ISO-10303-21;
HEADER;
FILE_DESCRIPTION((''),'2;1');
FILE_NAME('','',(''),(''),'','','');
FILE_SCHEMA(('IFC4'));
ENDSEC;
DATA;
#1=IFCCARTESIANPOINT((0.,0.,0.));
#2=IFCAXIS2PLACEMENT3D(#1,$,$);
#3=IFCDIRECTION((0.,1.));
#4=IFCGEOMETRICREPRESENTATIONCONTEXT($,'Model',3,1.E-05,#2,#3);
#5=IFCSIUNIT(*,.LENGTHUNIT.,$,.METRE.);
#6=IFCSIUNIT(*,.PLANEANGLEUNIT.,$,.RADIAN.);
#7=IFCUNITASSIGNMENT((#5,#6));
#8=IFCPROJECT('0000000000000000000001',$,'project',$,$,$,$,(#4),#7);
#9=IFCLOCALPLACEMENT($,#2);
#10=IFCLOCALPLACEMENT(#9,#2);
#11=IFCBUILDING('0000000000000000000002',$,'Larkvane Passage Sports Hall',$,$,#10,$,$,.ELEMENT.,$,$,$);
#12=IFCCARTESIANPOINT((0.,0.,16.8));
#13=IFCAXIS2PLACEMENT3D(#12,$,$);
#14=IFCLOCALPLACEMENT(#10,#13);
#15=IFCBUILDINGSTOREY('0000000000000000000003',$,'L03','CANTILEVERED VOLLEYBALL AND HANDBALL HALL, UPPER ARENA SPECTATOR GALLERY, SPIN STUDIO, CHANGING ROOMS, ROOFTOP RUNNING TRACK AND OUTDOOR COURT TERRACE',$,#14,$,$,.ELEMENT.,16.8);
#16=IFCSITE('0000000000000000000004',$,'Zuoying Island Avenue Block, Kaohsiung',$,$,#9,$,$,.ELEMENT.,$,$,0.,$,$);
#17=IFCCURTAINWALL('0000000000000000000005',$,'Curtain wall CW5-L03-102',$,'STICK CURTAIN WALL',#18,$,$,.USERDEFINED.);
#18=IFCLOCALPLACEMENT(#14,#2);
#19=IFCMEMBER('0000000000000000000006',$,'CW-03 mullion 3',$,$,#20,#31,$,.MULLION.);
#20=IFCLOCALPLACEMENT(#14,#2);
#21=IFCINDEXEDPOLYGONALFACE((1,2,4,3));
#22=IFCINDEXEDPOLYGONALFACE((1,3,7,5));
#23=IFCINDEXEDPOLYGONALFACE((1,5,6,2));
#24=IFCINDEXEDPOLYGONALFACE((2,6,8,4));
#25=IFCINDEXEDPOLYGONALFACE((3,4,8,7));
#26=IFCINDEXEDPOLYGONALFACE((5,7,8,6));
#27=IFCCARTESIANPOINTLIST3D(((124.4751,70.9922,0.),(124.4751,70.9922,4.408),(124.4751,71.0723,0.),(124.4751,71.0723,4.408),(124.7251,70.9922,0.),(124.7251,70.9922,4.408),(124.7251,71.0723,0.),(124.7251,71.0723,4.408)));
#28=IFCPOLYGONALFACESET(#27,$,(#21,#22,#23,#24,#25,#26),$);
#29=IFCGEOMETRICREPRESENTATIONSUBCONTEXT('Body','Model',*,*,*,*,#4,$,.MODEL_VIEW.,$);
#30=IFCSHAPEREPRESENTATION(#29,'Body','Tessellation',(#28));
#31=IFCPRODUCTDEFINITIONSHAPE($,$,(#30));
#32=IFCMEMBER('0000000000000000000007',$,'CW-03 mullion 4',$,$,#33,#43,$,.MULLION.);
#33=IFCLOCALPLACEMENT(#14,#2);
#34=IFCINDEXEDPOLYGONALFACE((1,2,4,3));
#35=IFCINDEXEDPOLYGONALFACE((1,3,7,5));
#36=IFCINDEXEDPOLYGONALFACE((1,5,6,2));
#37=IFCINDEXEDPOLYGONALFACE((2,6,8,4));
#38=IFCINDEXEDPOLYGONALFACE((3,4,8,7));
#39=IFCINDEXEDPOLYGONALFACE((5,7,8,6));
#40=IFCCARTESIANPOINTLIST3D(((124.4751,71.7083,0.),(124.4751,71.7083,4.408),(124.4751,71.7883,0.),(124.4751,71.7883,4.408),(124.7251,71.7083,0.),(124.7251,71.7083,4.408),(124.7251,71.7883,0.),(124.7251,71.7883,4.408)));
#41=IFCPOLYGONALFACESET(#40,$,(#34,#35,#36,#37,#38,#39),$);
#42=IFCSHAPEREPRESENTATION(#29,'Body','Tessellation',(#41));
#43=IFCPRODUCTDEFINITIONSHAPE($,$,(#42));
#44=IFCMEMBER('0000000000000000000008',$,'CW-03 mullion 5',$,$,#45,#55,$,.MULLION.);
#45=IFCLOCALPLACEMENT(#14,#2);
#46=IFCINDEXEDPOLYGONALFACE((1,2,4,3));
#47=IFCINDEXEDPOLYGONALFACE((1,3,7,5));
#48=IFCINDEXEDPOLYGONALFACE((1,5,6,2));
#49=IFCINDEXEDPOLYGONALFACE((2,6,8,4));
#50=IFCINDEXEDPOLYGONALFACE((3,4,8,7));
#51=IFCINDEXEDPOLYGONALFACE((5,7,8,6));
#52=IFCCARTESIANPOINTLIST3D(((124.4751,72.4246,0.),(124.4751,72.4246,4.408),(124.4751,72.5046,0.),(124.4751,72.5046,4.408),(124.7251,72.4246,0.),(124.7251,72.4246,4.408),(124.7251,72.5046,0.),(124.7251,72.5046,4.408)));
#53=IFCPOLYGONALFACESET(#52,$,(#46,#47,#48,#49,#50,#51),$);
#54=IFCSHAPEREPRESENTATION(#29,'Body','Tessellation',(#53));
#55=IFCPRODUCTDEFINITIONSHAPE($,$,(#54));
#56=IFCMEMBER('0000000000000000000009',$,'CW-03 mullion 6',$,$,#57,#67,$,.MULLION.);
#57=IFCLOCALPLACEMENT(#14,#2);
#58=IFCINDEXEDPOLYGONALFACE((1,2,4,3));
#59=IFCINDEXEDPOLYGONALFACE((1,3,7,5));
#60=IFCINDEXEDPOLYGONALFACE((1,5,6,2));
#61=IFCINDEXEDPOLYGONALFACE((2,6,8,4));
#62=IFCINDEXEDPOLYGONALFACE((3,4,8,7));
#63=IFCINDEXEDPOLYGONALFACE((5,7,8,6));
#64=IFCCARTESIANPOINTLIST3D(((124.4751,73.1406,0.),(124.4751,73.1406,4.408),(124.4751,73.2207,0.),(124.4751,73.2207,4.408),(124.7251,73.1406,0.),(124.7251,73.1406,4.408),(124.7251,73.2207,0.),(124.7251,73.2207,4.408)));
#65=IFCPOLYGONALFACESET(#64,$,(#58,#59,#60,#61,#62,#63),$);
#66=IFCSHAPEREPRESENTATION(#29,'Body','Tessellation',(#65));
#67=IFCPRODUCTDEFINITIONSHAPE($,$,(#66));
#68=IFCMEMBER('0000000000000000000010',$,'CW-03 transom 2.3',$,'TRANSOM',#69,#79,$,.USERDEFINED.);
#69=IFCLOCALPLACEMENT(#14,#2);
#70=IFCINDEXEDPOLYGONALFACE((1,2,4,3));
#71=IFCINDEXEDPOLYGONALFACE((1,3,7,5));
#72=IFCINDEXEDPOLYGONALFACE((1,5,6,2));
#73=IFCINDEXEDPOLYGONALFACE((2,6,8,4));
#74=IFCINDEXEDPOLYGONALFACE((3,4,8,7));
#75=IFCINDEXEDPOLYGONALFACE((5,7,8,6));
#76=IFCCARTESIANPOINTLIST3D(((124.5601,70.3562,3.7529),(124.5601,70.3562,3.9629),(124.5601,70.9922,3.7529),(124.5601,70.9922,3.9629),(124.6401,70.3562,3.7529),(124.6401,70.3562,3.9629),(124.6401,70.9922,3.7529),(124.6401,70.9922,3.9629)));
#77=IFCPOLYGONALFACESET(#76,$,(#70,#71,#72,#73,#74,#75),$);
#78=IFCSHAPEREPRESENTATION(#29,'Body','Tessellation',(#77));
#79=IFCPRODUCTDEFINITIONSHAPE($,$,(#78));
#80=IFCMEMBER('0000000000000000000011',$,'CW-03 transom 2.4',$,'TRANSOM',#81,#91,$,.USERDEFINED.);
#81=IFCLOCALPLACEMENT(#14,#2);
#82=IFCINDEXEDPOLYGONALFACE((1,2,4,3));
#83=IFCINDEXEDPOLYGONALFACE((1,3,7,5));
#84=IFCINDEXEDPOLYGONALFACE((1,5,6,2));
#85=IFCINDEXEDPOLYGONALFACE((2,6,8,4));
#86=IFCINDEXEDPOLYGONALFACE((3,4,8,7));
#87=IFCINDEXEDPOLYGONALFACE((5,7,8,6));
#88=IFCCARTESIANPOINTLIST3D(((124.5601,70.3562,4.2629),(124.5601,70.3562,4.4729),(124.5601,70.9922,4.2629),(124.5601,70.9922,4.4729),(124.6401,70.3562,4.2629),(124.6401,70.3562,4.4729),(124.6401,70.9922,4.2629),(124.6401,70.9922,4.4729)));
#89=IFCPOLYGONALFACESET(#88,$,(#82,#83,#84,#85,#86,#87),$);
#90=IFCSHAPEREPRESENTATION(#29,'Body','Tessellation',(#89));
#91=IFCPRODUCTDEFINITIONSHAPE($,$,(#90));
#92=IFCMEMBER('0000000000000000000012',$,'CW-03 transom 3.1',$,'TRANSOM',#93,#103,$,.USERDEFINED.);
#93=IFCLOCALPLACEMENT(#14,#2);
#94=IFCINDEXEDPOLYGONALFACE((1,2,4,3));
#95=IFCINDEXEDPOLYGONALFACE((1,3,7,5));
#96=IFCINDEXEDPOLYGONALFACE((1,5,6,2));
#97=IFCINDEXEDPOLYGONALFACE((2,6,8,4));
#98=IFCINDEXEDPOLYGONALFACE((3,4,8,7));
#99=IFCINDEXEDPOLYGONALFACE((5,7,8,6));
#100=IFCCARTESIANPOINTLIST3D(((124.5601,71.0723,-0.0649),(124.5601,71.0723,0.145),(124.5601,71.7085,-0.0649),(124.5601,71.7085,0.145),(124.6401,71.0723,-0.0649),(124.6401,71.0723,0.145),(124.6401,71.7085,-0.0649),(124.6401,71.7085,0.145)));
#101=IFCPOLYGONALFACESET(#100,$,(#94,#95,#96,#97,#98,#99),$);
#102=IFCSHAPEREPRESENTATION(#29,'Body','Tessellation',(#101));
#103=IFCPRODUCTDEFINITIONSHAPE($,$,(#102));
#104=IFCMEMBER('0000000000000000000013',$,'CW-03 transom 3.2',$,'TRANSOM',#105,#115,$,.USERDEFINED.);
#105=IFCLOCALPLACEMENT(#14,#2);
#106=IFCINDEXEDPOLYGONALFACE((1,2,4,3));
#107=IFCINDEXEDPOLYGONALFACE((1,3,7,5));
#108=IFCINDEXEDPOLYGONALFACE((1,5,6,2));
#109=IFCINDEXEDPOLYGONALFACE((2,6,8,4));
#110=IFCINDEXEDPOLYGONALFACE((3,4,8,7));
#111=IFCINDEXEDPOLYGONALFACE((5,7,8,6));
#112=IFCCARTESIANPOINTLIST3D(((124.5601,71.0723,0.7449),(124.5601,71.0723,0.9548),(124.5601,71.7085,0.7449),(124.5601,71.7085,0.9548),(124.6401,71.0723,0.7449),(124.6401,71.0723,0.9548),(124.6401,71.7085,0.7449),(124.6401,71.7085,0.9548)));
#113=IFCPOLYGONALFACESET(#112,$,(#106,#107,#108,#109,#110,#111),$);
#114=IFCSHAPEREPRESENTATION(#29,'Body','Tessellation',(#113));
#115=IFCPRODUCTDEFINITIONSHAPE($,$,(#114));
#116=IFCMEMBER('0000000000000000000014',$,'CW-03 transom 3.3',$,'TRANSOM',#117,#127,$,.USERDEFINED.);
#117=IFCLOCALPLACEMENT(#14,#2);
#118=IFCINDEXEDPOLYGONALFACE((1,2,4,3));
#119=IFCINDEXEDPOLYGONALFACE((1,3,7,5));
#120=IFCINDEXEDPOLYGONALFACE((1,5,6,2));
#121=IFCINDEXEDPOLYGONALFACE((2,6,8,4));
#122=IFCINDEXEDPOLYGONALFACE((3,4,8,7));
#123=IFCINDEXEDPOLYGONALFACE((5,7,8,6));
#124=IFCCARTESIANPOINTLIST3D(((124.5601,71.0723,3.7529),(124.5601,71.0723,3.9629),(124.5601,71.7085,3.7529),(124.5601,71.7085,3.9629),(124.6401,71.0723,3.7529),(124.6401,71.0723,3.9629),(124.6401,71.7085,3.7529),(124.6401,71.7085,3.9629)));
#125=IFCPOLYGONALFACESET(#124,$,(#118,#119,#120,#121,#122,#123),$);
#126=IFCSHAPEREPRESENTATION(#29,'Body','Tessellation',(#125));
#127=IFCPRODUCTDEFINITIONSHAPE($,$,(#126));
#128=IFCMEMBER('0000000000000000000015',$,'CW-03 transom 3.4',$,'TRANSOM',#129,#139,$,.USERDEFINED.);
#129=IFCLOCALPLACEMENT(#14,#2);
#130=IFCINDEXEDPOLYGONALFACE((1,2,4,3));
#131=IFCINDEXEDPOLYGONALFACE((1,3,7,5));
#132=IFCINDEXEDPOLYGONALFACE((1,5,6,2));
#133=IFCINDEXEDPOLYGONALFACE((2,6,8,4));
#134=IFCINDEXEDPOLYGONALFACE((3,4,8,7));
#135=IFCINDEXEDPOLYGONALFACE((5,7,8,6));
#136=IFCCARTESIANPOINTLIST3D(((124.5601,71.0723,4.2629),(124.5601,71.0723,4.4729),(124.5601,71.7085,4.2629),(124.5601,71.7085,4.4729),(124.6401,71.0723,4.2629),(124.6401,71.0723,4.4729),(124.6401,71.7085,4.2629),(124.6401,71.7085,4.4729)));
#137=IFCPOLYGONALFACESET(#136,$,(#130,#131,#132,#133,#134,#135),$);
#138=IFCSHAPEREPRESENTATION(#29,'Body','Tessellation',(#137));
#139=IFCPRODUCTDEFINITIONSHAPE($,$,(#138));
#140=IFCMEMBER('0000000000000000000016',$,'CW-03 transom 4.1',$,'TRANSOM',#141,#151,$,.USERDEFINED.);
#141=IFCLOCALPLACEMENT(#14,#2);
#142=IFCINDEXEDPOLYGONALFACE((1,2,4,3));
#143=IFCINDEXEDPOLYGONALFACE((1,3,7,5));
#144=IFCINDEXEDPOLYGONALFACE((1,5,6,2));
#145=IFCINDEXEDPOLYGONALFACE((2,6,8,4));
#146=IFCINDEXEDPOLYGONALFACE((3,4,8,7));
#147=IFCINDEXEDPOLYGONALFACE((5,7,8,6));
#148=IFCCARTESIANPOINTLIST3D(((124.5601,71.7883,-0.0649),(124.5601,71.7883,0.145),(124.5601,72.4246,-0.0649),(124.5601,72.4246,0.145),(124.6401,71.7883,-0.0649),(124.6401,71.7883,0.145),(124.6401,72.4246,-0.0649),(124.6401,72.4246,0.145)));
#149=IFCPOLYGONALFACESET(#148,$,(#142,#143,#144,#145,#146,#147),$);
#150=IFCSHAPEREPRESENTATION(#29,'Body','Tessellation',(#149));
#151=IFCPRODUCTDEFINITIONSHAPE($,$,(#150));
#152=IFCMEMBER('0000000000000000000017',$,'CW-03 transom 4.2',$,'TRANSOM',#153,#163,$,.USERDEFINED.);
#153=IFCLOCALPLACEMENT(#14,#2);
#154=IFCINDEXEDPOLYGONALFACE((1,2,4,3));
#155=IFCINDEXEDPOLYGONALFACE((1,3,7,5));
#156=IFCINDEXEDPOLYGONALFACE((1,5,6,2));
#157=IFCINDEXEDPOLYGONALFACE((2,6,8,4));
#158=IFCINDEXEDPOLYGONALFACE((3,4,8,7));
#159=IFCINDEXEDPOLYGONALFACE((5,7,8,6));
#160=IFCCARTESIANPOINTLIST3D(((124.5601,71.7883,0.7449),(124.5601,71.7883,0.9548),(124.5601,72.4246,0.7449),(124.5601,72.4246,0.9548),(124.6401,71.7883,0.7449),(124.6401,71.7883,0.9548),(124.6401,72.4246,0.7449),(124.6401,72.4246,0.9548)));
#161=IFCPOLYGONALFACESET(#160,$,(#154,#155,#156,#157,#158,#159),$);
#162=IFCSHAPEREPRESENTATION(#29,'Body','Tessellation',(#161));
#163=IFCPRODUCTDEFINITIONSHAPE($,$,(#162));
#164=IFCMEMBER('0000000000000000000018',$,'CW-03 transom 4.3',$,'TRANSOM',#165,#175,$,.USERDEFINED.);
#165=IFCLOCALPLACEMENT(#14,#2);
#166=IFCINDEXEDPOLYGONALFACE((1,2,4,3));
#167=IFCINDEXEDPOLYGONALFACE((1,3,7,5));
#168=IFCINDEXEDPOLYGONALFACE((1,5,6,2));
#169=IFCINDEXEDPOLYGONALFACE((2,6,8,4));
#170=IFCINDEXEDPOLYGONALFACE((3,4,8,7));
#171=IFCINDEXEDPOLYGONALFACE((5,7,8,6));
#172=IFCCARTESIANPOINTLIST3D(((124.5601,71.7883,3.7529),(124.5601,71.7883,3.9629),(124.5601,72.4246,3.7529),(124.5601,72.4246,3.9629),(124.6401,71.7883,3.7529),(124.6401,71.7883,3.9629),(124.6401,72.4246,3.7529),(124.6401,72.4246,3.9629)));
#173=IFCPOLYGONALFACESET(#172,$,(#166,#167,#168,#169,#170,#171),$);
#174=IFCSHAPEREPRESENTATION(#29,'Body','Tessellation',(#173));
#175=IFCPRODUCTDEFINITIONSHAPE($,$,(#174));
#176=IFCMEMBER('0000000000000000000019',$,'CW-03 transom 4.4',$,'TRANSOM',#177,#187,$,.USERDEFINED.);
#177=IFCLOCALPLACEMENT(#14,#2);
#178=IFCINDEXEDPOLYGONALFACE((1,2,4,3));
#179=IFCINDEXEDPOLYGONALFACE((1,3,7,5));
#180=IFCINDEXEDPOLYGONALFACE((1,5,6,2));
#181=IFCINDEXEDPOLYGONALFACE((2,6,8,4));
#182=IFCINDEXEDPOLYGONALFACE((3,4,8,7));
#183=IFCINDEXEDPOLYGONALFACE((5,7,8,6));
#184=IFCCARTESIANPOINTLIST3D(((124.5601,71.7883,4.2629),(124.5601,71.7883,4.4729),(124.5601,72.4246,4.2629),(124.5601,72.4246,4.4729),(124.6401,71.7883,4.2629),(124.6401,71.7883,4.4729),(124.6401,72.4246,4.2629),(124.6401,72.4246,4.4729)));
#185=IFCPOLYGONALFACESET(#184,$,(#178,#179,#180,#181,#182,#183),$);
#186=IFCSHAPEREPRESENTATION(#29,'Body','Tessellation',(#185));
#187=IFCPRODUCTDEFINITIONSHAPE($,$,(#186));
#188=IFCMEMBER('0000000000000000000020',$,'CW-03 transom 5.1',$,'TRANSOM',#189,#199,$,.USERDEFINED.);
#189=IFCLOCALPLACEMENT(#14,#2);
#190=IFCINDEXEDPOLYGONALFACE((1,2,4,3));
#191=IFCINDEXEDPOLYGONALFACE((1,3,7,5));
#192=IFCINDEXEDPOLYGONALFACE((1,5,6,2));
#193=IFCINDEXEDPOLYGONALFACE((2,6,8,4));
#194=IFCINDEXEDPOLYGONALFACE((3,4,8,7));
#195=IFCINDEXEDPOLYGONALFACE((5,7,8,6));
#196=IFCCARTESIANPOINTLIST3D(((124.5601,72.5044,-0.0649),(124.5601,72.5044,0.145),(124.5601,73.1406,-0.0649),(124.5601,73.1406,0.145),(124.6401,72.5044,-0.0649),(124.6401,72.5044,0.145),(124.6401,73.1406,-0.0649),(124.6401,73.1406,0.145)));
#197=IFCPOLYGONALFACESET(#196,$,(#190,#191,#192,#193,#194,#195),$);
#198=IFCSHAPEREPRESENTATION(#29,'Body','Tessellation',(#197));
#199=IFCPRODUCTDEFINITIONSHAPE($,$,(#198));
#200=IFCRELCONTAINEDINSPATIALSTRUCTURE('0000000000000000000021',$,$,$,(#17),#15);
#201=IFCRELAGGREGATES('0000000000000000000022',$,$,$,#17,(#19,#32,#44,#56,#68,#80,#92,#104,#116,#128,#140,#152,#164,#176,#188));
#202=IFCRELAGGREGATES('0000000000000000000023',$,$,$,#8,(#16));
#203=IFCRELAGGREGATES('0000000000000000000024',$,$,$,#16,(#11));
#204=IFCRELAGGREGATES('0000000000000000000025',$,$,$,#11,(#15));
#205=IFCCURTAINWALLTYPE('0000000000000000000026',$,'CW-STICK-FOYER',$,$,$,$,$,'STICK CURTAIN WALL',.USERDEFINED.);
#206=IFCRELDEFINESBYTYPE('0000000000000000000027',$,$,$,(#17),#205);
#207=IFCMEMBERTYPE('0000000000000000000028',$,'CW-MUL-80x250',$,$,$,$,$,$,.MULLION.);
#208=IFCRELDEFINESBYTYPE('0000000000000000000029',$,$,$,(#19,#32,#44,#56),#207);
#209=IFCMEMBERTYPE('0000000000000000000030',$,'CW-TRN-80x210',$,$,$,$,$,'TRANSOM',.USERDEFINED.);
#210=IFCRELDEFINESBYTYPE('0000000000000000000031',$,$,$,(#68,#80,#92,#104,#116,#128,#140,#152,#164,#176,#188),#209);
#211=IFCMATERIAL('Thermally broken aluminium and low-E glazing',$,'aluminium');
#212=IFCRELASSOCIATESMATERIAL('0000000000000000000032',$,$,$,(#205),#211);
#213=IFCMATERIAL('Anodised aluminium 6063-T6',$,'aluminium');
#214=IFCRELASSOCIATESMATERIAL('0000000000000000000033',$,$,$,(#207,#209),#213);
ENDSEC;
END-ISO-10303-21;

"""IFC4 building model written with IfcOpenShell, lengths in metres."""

from ifc_helpers import new_model, si_unit, direction, frame, origin, origin_2d, place, context, subcontext, project, spatial, rectangle, extrude, material, material_profile, profile_set, type_object, element, aggregate, save


model = new_model("IFC4")

# Units and contexts
model_context = context("Model", 3, precision=1e-05, world=origin(), true_north=direction((0.0, 1.0)))
body_context = subcontext(model_context, "Body", "Model", "MODEL_VIEW")
ifc_project = project(units=[si_unit("LENGTHUNIT", "METRE"), si_unit("PLANEANGLEUNIT", "RADIAN")], contexts=[model_context])

# Site, building, storey
site_placement = place(None, origin())
site = spatial("IfcSite", under=ifc_project, at=site_placement, Name="Zuoying Island Avenue Block, Kaohsiung", CompositionType="ELEMENT", RefElevation=0.0)
building_placement = place(site_placement, origin())
building = spatial("IfcBuilding", under=site, at=building_placement, Name="Larkvane Passage Sports Hall", CompositionType="ELEMENT")
storey_placement = place(building_placement, frame((0.0, 0.0, 16.8)))
storey = spatial("IfcBuildingStorey", under=building, at=storey_placement, Name="L03", Description="CANTILEVERED VOLLEYBALL AND HANDBALL HALL, UPPER ARENA SPECTATOR GALLERY, SPIN STUDIO, CHANGING ROOMS, ROOFTOP RUNNING TRACK AND OUTDOOR COURT TERRACE", CompositionType="ELEMENT", Elevation=16.8)

# Curtain wall, members
ifc_material_1 = material(Name="Thermally broken aluminium and low-E glazing", Category="aluminium")
curtain_wall_type = type_object("IfcCurtainWallType", Name="CW-STICK-FOYER", ElementType="STICK CURTAIN WALL", PredefinedType="USERDEFINED", material=ifc_material_1)
curtain_wall_placement = place(storey_placement, origin())
curtain_wall = element("IfcCurtainWall", 1, at=curtain_wall_placement, inside=storey, type_object=curtain_wall_type, Name="Curtain wall CW5-L03-102", ObjectType="STICK CURTAIN WALL", PredefinedType="USERDEFINED")
ifc_material_2 = material(Name="Anodised aluminium 6063-T6", Category="aluminium")
ifc_material_profile_1 = material_profile(ifc_material_2, rectangle(XDim=0.0801, YDim=0.25, at=origin_2d()), Name="ALU-MUL-80x250")
ifc_profile_set_1 = profile_set([ifc_material_profile_1], Name="Anodised aluminium 6063-T6")
member_type_1 = type_object("IfcMemberType", Name="CW-MUL-80x250", PredefinedType="MULLION", material=ifc_profile_set_1)
member_1_placement = place(storey_placement, frame((124.6001, 71.0322, 0.0), z_axis=(0.0, 0.0, 1.0), x_axis=(0.0, 1.0, 0.0)))
member_1 = element("IfcMember", 2, at=member_1_placement, type_object=member_type_1, Name="CW-03 mullion 3", PredefinedType="MULLION", context=body_context, shape_type="SweptSolid", body=[
    extrude(rectangle(XDim=0.0801, YDim=0.25, at=origin_2d()), origin(), (0.0, 0.0, 1.0), 4.408),
])
member_2_placement = place(storey_placement, frame((124.6001, 71.7483, 0.0), z_axis=(0.0, 0.0, 1.0), x_axis=(0.0, 1.0, 0.0)))
member_2 = element("IfcMember", 3, at=member_2_placement, type_object=member_type_1, Name="CW-03 mullion 4", PredefinedType="MULLION", context=body_context, shape_type="SweptSolid", body=[
    extrude(rectangle(XDim=0.0801, YDim=0.25, at=origin_2d()), origin(), (0.0, 0.0, 1.0), 4.408),
])
member_3_placement = place(storey_placement, frame((124.6001, 72.4646, 0.0), z_axis=(0.0, 0.0, 1.0), x_axis=(0.0, 1.0, 0.0)))
member_3 = element("IfcMember", 4, at=member_3_placement, type_object=member_type_1, Name="CW-03 mullion 5", PredefinedType="MULLION", context=body_context, shape_type="SweptSolid", body=[
    extrude(rectangle(XDim=0.0801, YDim=0.25, at=origin_2d()), origin(), (0.0, 0.0, 1.0), 4.408),
])
member_4_placement = place(storey_placement, frame((124.6001, 73.1807, 0.0), z_axis=(0.0, 0.0, 1.0), x_axis=(0.0, 1.0, 0.0)))
member_4 = element("IfcMember", 5, at=member_4_placement, type_object=member_type_1, Name="CW-03 mullion 6", PredefinedType="MULLION", context=body_context, shape_type="SweptSolid", body=[
    extrude(rectangle(XDim=0.0801, YDim=0.25, at=origin_2d()), origin(), (0.0, 0.0, 1.0), 4.408),
])
ifc_material_profile_2 = material_profile(ifc_material_2, rectangle(XDim=0.0801, YDim=0.21, at=origin_2d()), Name="ALU-TRN-80x210")
ifc_profile_set_2 = profile_set([ifc_material_profile_2], Name="Anodised aluminium 6063-T6")
member_type_2 = type_object("IfcMemberType", Name="CW-TRN-80x210", ElementType="TRANSOM", PredefinedType="USERDEFINED", material=ifc_profile_set_2)
member_5_placement = place(storey_placement, frame((124.6001, 70.3562, 3.8579), z_axis=(0.0, 1.0, 0.0), x_axis=(-1.0, 0.0, 0.0)))
member_5 = element("IfcMember", 6, at=member_5_placement, type_object=member_type_2, Name="CW-03 transom 2.3", ObjectType="TRANSOM", PredefinedType="USERDEFINED", context=body_context, shape_type="SweptSolid", body=[
    extrude(rectangle(XDim=0.0801, YDim=0.21, at=origin_2d()), origin(), (0.0, 0.0, 1.0), 0.636),
])
member_6_placement = place(storey_placement, frame((124.6001, 70.3562, 4.3679), z_axis=(0.0, 1.0, 0.0), x_axis=(-1.0, 0.0, 0.0)))
member_6 = element("IfcMember", 7, at=member_6_placement, type_object=member_type_2, Name="CW-03 transom 2.4", ObjectType="TRANSOM", PredefinedType="USERDEFINED", context=body_context, shape_type="SweptSolid", body=[
    extrude(rectangle(XDim=0.0801, YDim=0.21, at=origin_2d()), origin(), (0.0, 0.0, 1.0), 0.636),
])
member_7_placement = place(storey_placement, frame((124.6001, 71.0723, 0.04), z_axis=(0.0, 1.0, 0.0), x_axis=(-1.0, 0.0, 0.0)))
member_7 = element("IfcMember", 8, at=member_7_placement, type_object=member_type_2, Name="CW-03 transom 3.1", ObjectType="TRANSOM", PredefinedType="USERDEFINED", context=body_context, shape_type="SweptSolid", body=[
    extrude(rectangle(XDim=0.0801, YDim=0.21, at=origin_2d()), origin(), (0.0, 0.0, 1.0), 0.6362),
])
member_8_placement = place(storey_placement, frame((124.6001, 71.0723, 0.8499), z_axis=(0.0, 1.0, 0.0), x_axis=(-1.0, 0.0, 0.0)))
member_8 = element("IfcMember", 9, at=member_8_placement, type_object=member_type_2, Name="CW-03 transom 3.2", ObjectType="TRANSOM", PredefinedType="USERDEFINED", context=body_context, shape_type="SweptSolid", body=[
    extrude(rectangle(XDim=0.0801, YDim=0.21, at=origin_2d()), origin(), (0.0, 0.0, 1.0), 0.6362),
])
member_9_placement = place(storey_placement, frame((124.6001, 71.0723, 3.8579), z_axis=(0.0, 1.0, 0.0), x_axis=(-1.0, 0.0, 0.0)))
member_9 = element("IfcMember", 10, at=member_9_placement, type_object=member_type_2, Name="CW-03 transom 3.3", ObjectType="TRANSOM", PredefinedType="USERDEFINED", context=body_context, shape_type="SweptSolid", body=[
    extrude(rectangle(XDim=0.0801, YDim=0.21, at=origin_2d()), origin(), (0.0, 0.0, 1.0), 0.6362),
])
member_10_placement = place(storey_placement, frame((124.6001, 71.0723, 4.3679), z_axis=(0.0, 1.0, 0.0), x_axis=(-1.0, 0.0, 0.0)))
member_10 = element("IfcMember", 11, at=member_10_placement, type_object=member_type_2, Name="CW-03 transom 3.4", ObjectType="TRANSOM", PredefinedType="USERDEFINED", context=body_context, shape_type="SweptSolid", body=[
    extrude(rectangle(XDim=0.0801, YDim=0.21, at=origin_2d()), origin(), (0.0, 0.0, 1.0), 0.6362),
])
member_11_placement = place(storey_placement, frame((124.6001, 71.7883, 0.04), z_axis=(0.0, 1.0, 0.0), x_axis=(-1.0, 0.0, 0.0)))
member_11 = element("IfcMember", 12, at=member_11_placement, type_object=member_type_2, Name="CW-03 transom 4.1", ObjectType="TRANSOM", PredefinedType="USERDEFINED", context=body_context, shape_type="SweptSolid", body=[
    extrude(rectangle(XDim=0.0801, YDim=0.21, at=origin_2d()), origin(), (0.0, 0.0, 1.0), 0.6362),
])
member_12_placement = place(storey_placement, frame((124.6001, 71.7883, 0.8499), z_axis=(0.0, 1.0, 0.0), x_axis=(-1.0, 0.0, 0.0)))
member_12 = element("IfcMember", 13, at=member_12_placement, type_object=member_type_2, Name="CW-03 transom 4.2", ObjectType="TRANSOM", PredefinedType="USERDEFINED", context=body_context, shape_type="SweptSolid", body=[
    extrude(rectangle(XDim=0.0801, YDim=0.21, at=origin_2d()), origin(), (0.0, 0.0, 1.0), 0.6362),
])
member_13_placement = place(storey_placement, frame((124.6001, 71.7883, 3.8579), z_axis=(0.0, 1.0, 0.0), x_axis=(-1.0, 0.0, 0.0)))
member_13 = element("IfcMember", 14, at=member_13_placement, type_object=member_type_2, Name="CW-03 transom 4.3", ObjectType="TRANSOM", PredefinedType="USERDEFINED", context=body_context, shape_type="SweptSolid", body=[
    extrude(rectangle(XDim=0.0801, YDim=0.21, at=origin_2d()), origin(), (0.0, 0.0, 1.0), 0.6362),
])
member_14_placement = place(storey_placement, frame((124.6001, 71.7883, 4.3679), z_axis=(0.0, 1.0, 0.0), x_axis=(-1.0, 0.0, 0.0)))
member_14 = element("IfcMember", 15, at=member_14_placement, type_object=member_type_2, Name="CW-03 transom 4.4", ObjectType="TRANSOM", PredefinedType="USERDEFINED", context=body_context, shape_type="SweptSolid", body=[
    extrude(rectangle(XDim=0.0801, YDim=0.21, at=origin_2d()), origin(), (0.0, 0.0, 1.0), 0.6362),
])
member_15_placement = place(storey_placement, frame((124.6001, 72.5044, 0.04), z_axis=(0.0, 1.0, 0.0), x_axis=(-1.0, 0.0, 0.0)))
member_15 = element("IfcMember", 16, at=member_15_placement, type_object=member_type_2, Name="CW-03 transom 5.1", ObjectType="TRANSOM", PredefinedType="USERDEFINED", context=body_context, shape_type="SweptSolid", body=[
    extrude(rectangle(XDim=0.0801, YDim=0.21, at=origin_2d()), origin(), (0.0, 0.0, 1.0), 0.6362),
])
aggregate(curtain_wall, [member_1, member_2, member_3, member_4, member_5, member_6, member_7, member_8, member_9, member_10, member_11, member_12, member_13, member_14, member_15])

save(model, "model.ifc")
